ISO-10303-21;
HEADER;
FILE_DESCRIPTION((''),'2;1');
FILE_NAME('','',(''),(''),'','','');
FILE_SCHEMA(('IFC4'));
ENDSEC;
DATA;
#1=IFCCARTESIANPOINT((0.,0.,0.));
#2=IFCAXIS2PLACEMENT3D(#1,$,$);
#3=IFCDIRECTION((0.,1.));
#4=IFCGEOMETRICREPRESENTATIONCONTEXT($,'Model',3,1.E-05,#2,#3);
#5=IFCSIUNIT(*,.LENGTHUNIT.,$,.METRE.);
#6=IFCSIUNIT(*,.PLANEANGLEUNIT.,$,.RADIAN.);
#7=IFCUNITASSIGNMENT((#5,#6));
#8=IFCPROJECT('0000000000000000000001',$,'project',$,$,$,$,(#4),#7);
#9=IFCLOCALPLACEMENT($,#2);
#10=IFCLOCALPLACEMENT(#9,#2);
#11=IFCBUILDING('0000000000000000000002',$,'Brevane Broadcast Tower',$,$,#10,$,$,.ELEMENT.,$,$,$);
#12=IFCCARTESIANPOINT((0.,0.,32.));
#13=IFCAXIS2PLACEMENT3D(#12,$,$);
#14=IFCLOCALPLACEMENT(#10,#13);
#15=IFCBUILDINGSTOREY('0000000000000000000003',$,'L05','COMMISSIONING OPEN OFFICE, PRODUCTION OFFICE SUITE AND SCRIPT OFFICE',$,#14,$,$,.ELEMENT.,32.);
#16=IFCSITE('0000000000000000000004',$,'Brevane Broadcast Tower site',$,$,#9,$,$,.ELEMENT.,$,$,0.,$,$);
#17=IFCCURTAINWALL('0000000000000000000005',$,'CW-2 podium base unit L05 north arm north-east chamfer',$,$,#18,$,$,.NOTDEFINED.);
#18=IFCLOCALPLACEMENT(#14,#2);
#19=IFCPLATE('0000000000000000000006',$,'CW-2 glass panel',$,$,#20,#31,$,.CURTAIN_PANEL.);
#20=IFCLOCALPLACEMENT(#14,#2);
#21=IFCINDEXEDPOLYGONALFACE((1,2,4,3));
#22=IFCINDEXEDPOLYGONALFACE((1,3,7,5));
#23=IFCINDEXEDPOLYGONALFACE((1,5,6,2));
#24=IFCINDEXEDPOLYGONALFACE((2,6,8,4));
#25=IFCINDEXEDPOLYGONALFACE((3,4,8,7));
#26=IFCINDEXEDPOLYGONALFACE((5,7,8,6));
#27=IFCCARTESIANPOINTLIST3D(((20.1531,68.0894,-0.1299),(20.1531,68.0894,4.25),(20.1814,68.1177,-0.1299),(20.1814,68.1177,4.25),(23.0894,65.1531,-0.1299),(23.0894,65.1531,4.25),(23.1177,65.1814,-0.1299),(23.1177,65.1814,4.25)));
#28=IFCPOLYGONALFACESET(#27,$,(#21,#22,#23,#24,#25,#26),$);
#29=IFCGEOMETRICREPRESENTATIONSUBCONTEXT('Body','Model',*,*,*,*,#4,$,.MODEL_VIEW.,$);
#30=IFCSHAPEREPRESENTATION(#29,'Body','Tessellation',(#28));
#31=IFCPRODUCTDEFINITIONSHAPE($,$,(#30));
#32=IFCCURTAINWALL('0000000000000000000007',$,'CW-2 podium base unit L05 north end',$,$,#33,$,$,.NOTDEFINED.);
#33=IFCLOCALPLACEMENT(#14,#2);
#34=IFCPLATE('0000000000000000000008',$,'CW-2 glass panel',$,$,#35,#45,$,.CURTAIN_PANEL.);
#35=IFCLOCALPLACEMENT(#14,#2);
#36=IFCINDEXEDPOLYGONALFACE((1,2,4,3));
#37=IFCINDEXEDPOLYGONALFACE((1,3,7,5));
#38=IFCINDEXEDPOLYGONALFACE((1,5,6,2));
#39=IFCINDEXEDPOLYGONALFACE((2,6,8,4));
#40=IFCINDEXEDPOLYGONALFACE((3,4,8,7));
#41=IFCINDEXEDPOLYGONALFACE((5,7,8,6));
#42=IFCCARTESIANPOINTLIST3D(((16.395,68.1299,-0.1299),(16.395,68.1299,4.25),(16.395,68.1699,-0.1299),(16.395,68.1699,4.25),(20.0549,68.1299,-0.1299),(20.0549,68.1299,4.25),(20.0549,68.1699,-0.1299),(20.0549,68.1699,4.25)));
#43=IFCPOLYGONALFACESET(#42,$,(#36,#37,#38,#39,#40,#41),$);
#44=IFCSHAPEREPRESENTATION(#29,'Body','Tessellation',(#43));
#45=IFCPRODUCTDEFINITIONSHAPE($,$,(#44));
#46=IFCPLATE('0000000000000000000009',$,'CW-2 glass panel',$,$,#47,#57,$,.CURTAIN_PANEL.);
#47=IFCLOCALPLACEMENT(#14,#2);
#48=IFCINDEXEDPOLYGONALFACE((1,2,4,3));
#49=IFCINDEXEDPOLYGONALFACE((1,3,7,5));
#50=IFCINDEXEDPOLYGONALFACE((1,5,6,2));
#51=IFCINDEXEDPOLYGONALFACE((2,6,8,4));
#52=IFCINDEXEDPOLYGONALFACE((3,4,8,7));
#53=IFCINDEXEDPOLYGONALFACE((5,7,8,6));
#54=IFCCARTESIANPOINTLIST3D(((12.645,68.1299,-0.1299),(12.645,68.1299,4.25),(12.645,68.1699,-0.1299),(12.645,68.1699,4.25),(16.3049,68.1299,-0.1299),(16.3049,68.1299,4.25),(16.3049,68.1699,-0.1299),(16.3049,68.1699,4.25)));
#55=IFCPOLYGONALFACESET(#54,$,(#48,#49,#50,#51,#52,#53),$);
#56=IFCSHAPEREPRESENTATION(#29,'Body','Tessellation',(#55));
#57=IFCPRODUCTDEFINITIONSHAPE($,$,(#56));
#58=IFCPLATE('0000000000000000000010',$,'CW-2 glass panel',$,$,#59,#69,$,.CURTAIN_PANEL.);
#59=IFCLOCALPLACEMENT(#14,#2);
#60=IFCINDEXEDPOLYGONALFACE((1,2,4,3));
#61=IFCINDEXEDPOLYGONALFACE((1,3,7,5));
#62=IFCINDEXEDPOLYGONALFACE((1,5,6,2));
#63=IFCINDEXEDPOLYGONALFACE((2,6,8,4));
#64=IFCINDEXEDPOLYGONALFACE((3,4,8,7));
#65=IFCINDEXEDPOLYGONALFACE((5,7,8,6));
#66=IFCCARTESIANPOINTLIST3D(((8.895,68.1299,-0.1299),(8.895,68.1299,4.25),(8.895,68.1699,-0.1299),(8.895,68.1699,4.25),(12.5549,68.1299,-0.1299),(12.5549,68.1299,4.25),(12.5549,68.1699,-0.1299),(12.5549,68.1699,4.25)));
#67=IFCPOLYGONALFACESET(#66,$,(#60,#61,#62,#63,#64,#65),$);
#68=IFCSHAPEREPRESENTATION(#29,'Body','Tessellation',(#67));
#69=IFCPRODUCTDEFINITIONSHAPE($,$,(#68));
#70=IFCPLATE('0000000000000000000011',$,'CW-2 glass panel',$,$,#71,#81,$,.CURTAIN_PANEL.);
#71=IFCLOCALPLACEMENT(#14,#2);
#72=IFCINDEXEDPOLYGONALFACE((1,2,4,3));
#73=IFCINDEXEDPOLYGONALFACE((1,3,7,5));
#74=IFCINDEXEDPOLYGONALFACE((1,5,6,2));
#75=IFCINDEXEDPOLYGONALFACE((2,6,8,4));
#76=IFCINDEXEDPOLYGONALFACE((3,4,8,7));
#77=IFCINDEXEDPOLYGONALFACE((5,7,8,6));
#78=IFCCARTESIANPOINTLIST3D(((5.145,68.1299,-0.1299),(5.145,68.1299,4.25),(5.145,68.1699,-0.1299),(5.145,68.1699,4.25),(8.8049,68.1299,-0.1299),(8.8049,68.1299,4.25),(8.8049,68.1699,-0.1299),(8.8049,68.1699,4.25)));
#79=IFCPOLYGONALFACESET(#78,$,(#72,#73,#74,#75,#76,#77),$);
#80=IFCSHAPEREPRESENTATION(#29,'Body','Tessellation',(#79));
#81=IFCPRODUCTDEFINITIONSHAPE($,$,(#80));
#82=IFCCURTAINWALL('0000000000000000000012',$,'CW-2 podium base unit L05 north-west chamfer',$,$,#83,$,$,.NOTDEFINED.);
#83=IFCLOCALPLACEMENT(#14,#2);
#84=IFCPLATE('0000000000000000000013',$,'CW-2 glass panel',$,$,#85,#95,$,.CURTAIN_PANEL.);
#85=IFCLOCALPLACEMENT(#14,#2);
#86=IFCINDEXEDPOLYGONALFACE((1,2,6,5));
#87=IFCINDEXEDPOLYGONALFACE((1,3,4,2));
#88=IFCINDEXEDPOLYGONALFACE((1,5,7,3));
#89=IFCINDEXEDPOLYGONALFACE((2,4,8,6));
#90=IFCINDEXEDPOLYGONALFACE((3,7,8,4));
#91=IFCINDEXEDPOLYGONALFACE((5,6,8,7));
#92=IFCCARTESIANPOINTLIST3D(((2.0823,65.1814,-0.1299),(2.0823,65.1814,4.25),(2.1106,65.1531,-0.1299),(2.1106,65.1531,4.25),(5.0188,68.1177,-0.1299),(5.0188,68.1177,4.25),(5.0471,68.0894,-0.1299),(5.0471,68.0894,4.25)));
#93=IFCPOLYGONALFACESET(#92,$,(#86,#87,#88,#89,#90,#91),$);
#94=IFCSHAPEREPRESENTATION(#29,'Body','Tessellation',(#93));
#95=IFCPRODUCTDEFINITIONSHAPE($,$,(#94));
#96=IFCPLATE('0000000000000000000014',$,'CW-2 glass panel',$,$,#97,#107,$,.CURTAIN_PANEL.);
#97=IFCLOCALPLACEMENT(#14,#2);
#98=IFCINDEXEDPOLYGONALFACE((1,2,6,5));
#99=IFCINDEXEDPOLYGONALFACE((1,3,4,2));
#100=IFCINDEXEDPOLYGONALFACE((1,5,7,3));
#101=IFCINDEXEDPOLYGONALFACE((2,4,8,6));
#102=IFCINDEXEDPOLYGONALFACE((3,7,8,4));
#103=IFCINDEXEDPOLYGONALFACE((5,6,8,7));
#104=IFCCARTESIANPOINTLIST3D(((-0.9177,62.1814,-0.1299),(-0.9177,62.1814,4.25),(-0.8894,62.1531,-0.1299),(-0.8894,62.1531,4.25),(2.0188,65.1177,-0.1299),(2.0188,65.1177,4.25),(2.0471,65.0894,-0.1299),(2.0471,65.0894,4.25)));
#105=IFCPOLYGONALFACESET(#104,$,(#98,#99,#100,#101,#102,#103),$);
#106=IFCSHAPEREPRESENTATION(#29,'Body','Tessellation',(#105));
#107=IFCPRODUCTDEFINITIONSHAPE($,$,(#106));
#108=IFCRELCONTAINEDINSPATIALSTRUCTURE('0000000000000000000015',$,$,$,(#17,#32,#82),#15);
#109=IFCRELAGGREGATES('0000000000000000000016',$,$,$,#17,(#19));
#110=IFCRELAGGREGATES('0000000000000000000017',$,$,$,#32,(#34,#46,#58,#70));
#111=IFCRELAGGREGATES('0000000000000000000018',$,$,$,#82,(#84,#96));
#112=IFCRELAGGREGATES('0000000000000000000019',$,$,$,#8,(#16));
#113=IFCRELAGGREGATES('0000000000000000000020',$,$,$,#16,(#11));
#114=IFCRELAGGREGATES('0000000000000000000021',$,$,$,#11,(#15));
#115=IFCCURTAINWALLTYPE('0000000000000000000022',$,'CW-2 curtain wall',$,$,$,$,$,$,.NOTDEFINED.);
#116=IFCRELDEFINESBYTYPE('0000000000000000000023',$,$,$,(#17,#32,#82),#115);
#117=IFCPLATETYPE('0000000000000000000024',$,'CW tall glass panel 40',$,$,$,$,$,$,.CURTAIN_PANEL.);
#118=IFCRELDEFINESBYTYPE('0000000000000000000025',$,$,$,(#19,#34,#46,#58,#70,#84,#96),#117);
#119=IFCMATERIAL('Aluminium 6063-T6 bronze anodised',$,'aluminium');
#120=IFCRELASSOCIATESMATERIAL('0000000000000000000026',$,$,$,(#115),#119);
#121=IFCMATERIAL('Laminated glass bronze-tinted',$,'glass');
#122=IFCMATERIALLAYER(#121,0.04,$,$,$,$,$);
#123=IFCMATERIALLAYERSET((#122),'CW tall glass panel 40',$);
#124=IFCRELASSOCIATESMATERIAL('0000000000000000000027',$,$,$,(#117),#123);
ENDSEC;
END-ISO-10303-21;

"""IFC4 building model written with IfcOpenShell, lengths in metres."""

from ifc_helpers import new_model, si_unit, direction, frame, origin, place, context, subcontext, project, spatial, polyline, outline, extrude, material, layer, layer_set, type_object, element, aggregate, save


model = new_model("IFC4")

# Units and contexts
model_context = context("Model", 3, precision=1e-05, world=origin(), true_north=direction((0.0, 1.0)))
body_context = subcontext(model_context, "Body", "Model", "MODEL_VIEW")
ifc_project = project(units=[si_unit("LENGTHUNIT", "METRE"), si_unit("PLANEANGLEUNIT", "RADIAN")], contexts=[model_context])

# Site, building, storey
site_placement = place(None, origin())
site = spatial("IfcSite", under=ifc_project, at=site_placement, Name="Brevane Broadcast Tower site", CompositionType="ELEMENT", RefElevation=0.0)
building_placement = place(site_placement, origin())
building = spatial("IfcBuilding", under=site, at=building_placement, Name="Brevane Broadcast Tower", CompositionType="ELEMENT")
storey_placement = place(building_placement, frame((0.0, 0.0, 32.0)))
storey = spatial("IfcBuildingStorey", under=building, at=storey_placement, Name="L05", Description="COMMISSIONING OPEN OFFICE, PRODUCTION OFFICE SUITE AND SCRIPT OFFICE", CompositionType="ELEMENT", Elevation=32.0)

# Shared definitions
ifc_material_1 = material(Name="Aluminium 6063-T6 bronze anodised", Category="aluminium")
curtain_wall_type = type_object("IfcCurtainWallType", Name="CW-2 curtain wall", PredefinedType="NOTDEFINED", material=ifc_material_1)
ifc_material_2 = material(Name="Laminated glass bronze-tinted", Category="glass")
ifc_layer = layer(ifc_material_2, 0.04)
ifc_layer_set = layer_set([ifc_layer], Name="CW tall glass panel 40")
plate_type = type_object("IfcPlateType", Name="CW tall glass panel 40", PredefinedType="CURTAIN_PANEL", material=ifc_layer_set)

# Curtain walls, plates
curtain_wall_1_placement = place(storey_placement, origin())
curtain_wall_1 = element("IfcCurtainWall", 1, at=curtain_wall_1_placement, inside=storey, type_object=curtain_wall_type, Name="CW-2 podium base unit L05 north arm north-east chamfer", PredefinedType="NOTDEFINED")
plate_1_placement = place(storey_placement, frame((0.0, 0.0, -0.1299)))
plate_1 = element("IfcPlate", 2, at=plate_1_placement, type_object=plate_type, Name="CW-2 glass panel", PredefinedType="CURTAIN_PANEL", context=body_context, shape_type="SweptSolid", body=[
    extrude(outline(polyline([(23.0894, 65.1531), (20.1531, 68.0894), (20.1814, 68.1177), (23.1177, 65.1814), (23.0894, 65.1531)])), origin(), (0.0, 0.0, 1.0), 4.3799),
])
aggregate(curtain_wall_1, [plate_1])
curtain_wall_2_placement = place(storey_placement, origin())
curtain_wall_2 = element("IfcCurtainWall", 3, at=curtain_wall_2_placement, inside=storey, type_object=curtain_wall_type, Name="CW-2 podium base unit L05 north end", PredefinedType="NOTDEFINED")
plate_2_placement = place(storey_placement, frame((0.0, 0.0, -0.1299)))
plate_2 = element("IfcPlate", 4, at=plate_2_placement, type_object=plate_type, Name="CW-2 glass panel", PredefinedType="CURTAIN_PANEL", context=body_context, shape_type="SweptSolid", body=[
    extrude(outline(polyline([(16.395, 68.1699), (16.395, 68.1299), (20.0549, 68.1299), (20.0549, 68.1699), (16.395, 68.1699)])), origin(), (0.0, 0.0, 1.0), 4.3799),
])
plate_3_placement = place(storey_placement, frame((0.0, 0.0, -0.1299)))
plate_3 = element("IfcPlate", 5, at=plate_3_placement, type_object=plate_type, Name="CW-2 glass panel", PredefinedType="CURTAIN_PANEL", context=body_context, shape_type="SweptSolid", body=[
    extrude(outline(polyline([(12.645, 68.1699), (12.645, 68.1299), (16.3049, 68.1299), (16.3049, 68.1699), (12.645, 68.1699)])), origin(), (0.0, 0.0, 1.0), 4.3799),
])
plate_4_placement = place(storey_placement, frame((0.0, 0.0, -0.1299)))
plate_4 = element("IfcPlate", 6, at=plate_4_placement, type_object=plate_type, Name="CW-2 glass panel", PredefinedType="CURTAIN_PANEL", context=body_context, shape_type="SweptSolid", body=[
    extrude(outline(polyline([(8.895, 68.1699), (8.895, 68.1299), (12.5549, 68.1299), (12.5549, 68.1699), (8.895, 68.1699)])), origin(), (0.0, 0.0, 1.0), 4.3799),
])
plate_5_placement = place(storey_placement, frame((0.0, 0.0, -0.1299)))
plate_5 = element("IfcPlate", 7, at=plate_5_placement, type_object=plate_type, Name="CW-2 glass panel", PredefinedType="CURTAIN_PANEL", context=body_context, shape_type="SweptSolid", body=[
    extrude(outline(polyline([(5.145, 68.1699), (5.145, 68.1299), (8.8049, 68.1299), (8.8049, 68.1699), (5.145, 68.1699)])), origin(), (0.0, 0.0, 1.0), 4.3799),
])
aggregate(curtain_wall_2, [plate_2, plate_3, plate_4, plate_5])
curtain_wall_3_placement = place(storey_placement, origin())
curtain_wall_3 = element("IfcCurtainWall", 8, at=curtain_wall_3_placement, inside=storey, type_object=curtain_wall_type, Name="CW-2 podium base unit L05 north-west chamfer", PredefinedType="NOTDEFINED")
plate_6_placement = place(storey_placement, frame((0.0, 0.0, -0.1299)))
plate_6 = element("IfcPlate", 9, at=plate_6_placement, type_object=plate_type, Name="CW-2 glass panel", PredefinedType="CURTAIN_PANEL", context=body_context, shape_type="SweptSolid", body=[
    extrude(outline(polyline([(5.0471, 68.0894), (2.1106, 65.1531), (2.0823, 65.1814), (5.0188, 68.1177), (5.0471, 68.0894)])), origin(), (0.0, 0.0, 1.0), 4.3799),
])
plate_7_placement = place(storey_placement, frame((0.0, 0.0, -0.1299)))
plate_7 = element("IfcPlate", 10, at=plate_7_placement, type_object=plate_type, Name="CW-2 glass panel", PredefinedType="CURTAIN_PANEL", context=body_context, shape_type="SweptSolid", body=[
    extrude(outline(polyline([(2.0471, 65.0894), (-0.8894, 62.1531), (-0.9177, 62.1814), (2.0188, 65.1177), (2.0471, 65.0894)])), origin(), (0.0, 0.0, 1.0), 4.3799),
])
aggregate(curtain_wall_3, [plate_6, plate_7])

save(model, "model.ifc")
